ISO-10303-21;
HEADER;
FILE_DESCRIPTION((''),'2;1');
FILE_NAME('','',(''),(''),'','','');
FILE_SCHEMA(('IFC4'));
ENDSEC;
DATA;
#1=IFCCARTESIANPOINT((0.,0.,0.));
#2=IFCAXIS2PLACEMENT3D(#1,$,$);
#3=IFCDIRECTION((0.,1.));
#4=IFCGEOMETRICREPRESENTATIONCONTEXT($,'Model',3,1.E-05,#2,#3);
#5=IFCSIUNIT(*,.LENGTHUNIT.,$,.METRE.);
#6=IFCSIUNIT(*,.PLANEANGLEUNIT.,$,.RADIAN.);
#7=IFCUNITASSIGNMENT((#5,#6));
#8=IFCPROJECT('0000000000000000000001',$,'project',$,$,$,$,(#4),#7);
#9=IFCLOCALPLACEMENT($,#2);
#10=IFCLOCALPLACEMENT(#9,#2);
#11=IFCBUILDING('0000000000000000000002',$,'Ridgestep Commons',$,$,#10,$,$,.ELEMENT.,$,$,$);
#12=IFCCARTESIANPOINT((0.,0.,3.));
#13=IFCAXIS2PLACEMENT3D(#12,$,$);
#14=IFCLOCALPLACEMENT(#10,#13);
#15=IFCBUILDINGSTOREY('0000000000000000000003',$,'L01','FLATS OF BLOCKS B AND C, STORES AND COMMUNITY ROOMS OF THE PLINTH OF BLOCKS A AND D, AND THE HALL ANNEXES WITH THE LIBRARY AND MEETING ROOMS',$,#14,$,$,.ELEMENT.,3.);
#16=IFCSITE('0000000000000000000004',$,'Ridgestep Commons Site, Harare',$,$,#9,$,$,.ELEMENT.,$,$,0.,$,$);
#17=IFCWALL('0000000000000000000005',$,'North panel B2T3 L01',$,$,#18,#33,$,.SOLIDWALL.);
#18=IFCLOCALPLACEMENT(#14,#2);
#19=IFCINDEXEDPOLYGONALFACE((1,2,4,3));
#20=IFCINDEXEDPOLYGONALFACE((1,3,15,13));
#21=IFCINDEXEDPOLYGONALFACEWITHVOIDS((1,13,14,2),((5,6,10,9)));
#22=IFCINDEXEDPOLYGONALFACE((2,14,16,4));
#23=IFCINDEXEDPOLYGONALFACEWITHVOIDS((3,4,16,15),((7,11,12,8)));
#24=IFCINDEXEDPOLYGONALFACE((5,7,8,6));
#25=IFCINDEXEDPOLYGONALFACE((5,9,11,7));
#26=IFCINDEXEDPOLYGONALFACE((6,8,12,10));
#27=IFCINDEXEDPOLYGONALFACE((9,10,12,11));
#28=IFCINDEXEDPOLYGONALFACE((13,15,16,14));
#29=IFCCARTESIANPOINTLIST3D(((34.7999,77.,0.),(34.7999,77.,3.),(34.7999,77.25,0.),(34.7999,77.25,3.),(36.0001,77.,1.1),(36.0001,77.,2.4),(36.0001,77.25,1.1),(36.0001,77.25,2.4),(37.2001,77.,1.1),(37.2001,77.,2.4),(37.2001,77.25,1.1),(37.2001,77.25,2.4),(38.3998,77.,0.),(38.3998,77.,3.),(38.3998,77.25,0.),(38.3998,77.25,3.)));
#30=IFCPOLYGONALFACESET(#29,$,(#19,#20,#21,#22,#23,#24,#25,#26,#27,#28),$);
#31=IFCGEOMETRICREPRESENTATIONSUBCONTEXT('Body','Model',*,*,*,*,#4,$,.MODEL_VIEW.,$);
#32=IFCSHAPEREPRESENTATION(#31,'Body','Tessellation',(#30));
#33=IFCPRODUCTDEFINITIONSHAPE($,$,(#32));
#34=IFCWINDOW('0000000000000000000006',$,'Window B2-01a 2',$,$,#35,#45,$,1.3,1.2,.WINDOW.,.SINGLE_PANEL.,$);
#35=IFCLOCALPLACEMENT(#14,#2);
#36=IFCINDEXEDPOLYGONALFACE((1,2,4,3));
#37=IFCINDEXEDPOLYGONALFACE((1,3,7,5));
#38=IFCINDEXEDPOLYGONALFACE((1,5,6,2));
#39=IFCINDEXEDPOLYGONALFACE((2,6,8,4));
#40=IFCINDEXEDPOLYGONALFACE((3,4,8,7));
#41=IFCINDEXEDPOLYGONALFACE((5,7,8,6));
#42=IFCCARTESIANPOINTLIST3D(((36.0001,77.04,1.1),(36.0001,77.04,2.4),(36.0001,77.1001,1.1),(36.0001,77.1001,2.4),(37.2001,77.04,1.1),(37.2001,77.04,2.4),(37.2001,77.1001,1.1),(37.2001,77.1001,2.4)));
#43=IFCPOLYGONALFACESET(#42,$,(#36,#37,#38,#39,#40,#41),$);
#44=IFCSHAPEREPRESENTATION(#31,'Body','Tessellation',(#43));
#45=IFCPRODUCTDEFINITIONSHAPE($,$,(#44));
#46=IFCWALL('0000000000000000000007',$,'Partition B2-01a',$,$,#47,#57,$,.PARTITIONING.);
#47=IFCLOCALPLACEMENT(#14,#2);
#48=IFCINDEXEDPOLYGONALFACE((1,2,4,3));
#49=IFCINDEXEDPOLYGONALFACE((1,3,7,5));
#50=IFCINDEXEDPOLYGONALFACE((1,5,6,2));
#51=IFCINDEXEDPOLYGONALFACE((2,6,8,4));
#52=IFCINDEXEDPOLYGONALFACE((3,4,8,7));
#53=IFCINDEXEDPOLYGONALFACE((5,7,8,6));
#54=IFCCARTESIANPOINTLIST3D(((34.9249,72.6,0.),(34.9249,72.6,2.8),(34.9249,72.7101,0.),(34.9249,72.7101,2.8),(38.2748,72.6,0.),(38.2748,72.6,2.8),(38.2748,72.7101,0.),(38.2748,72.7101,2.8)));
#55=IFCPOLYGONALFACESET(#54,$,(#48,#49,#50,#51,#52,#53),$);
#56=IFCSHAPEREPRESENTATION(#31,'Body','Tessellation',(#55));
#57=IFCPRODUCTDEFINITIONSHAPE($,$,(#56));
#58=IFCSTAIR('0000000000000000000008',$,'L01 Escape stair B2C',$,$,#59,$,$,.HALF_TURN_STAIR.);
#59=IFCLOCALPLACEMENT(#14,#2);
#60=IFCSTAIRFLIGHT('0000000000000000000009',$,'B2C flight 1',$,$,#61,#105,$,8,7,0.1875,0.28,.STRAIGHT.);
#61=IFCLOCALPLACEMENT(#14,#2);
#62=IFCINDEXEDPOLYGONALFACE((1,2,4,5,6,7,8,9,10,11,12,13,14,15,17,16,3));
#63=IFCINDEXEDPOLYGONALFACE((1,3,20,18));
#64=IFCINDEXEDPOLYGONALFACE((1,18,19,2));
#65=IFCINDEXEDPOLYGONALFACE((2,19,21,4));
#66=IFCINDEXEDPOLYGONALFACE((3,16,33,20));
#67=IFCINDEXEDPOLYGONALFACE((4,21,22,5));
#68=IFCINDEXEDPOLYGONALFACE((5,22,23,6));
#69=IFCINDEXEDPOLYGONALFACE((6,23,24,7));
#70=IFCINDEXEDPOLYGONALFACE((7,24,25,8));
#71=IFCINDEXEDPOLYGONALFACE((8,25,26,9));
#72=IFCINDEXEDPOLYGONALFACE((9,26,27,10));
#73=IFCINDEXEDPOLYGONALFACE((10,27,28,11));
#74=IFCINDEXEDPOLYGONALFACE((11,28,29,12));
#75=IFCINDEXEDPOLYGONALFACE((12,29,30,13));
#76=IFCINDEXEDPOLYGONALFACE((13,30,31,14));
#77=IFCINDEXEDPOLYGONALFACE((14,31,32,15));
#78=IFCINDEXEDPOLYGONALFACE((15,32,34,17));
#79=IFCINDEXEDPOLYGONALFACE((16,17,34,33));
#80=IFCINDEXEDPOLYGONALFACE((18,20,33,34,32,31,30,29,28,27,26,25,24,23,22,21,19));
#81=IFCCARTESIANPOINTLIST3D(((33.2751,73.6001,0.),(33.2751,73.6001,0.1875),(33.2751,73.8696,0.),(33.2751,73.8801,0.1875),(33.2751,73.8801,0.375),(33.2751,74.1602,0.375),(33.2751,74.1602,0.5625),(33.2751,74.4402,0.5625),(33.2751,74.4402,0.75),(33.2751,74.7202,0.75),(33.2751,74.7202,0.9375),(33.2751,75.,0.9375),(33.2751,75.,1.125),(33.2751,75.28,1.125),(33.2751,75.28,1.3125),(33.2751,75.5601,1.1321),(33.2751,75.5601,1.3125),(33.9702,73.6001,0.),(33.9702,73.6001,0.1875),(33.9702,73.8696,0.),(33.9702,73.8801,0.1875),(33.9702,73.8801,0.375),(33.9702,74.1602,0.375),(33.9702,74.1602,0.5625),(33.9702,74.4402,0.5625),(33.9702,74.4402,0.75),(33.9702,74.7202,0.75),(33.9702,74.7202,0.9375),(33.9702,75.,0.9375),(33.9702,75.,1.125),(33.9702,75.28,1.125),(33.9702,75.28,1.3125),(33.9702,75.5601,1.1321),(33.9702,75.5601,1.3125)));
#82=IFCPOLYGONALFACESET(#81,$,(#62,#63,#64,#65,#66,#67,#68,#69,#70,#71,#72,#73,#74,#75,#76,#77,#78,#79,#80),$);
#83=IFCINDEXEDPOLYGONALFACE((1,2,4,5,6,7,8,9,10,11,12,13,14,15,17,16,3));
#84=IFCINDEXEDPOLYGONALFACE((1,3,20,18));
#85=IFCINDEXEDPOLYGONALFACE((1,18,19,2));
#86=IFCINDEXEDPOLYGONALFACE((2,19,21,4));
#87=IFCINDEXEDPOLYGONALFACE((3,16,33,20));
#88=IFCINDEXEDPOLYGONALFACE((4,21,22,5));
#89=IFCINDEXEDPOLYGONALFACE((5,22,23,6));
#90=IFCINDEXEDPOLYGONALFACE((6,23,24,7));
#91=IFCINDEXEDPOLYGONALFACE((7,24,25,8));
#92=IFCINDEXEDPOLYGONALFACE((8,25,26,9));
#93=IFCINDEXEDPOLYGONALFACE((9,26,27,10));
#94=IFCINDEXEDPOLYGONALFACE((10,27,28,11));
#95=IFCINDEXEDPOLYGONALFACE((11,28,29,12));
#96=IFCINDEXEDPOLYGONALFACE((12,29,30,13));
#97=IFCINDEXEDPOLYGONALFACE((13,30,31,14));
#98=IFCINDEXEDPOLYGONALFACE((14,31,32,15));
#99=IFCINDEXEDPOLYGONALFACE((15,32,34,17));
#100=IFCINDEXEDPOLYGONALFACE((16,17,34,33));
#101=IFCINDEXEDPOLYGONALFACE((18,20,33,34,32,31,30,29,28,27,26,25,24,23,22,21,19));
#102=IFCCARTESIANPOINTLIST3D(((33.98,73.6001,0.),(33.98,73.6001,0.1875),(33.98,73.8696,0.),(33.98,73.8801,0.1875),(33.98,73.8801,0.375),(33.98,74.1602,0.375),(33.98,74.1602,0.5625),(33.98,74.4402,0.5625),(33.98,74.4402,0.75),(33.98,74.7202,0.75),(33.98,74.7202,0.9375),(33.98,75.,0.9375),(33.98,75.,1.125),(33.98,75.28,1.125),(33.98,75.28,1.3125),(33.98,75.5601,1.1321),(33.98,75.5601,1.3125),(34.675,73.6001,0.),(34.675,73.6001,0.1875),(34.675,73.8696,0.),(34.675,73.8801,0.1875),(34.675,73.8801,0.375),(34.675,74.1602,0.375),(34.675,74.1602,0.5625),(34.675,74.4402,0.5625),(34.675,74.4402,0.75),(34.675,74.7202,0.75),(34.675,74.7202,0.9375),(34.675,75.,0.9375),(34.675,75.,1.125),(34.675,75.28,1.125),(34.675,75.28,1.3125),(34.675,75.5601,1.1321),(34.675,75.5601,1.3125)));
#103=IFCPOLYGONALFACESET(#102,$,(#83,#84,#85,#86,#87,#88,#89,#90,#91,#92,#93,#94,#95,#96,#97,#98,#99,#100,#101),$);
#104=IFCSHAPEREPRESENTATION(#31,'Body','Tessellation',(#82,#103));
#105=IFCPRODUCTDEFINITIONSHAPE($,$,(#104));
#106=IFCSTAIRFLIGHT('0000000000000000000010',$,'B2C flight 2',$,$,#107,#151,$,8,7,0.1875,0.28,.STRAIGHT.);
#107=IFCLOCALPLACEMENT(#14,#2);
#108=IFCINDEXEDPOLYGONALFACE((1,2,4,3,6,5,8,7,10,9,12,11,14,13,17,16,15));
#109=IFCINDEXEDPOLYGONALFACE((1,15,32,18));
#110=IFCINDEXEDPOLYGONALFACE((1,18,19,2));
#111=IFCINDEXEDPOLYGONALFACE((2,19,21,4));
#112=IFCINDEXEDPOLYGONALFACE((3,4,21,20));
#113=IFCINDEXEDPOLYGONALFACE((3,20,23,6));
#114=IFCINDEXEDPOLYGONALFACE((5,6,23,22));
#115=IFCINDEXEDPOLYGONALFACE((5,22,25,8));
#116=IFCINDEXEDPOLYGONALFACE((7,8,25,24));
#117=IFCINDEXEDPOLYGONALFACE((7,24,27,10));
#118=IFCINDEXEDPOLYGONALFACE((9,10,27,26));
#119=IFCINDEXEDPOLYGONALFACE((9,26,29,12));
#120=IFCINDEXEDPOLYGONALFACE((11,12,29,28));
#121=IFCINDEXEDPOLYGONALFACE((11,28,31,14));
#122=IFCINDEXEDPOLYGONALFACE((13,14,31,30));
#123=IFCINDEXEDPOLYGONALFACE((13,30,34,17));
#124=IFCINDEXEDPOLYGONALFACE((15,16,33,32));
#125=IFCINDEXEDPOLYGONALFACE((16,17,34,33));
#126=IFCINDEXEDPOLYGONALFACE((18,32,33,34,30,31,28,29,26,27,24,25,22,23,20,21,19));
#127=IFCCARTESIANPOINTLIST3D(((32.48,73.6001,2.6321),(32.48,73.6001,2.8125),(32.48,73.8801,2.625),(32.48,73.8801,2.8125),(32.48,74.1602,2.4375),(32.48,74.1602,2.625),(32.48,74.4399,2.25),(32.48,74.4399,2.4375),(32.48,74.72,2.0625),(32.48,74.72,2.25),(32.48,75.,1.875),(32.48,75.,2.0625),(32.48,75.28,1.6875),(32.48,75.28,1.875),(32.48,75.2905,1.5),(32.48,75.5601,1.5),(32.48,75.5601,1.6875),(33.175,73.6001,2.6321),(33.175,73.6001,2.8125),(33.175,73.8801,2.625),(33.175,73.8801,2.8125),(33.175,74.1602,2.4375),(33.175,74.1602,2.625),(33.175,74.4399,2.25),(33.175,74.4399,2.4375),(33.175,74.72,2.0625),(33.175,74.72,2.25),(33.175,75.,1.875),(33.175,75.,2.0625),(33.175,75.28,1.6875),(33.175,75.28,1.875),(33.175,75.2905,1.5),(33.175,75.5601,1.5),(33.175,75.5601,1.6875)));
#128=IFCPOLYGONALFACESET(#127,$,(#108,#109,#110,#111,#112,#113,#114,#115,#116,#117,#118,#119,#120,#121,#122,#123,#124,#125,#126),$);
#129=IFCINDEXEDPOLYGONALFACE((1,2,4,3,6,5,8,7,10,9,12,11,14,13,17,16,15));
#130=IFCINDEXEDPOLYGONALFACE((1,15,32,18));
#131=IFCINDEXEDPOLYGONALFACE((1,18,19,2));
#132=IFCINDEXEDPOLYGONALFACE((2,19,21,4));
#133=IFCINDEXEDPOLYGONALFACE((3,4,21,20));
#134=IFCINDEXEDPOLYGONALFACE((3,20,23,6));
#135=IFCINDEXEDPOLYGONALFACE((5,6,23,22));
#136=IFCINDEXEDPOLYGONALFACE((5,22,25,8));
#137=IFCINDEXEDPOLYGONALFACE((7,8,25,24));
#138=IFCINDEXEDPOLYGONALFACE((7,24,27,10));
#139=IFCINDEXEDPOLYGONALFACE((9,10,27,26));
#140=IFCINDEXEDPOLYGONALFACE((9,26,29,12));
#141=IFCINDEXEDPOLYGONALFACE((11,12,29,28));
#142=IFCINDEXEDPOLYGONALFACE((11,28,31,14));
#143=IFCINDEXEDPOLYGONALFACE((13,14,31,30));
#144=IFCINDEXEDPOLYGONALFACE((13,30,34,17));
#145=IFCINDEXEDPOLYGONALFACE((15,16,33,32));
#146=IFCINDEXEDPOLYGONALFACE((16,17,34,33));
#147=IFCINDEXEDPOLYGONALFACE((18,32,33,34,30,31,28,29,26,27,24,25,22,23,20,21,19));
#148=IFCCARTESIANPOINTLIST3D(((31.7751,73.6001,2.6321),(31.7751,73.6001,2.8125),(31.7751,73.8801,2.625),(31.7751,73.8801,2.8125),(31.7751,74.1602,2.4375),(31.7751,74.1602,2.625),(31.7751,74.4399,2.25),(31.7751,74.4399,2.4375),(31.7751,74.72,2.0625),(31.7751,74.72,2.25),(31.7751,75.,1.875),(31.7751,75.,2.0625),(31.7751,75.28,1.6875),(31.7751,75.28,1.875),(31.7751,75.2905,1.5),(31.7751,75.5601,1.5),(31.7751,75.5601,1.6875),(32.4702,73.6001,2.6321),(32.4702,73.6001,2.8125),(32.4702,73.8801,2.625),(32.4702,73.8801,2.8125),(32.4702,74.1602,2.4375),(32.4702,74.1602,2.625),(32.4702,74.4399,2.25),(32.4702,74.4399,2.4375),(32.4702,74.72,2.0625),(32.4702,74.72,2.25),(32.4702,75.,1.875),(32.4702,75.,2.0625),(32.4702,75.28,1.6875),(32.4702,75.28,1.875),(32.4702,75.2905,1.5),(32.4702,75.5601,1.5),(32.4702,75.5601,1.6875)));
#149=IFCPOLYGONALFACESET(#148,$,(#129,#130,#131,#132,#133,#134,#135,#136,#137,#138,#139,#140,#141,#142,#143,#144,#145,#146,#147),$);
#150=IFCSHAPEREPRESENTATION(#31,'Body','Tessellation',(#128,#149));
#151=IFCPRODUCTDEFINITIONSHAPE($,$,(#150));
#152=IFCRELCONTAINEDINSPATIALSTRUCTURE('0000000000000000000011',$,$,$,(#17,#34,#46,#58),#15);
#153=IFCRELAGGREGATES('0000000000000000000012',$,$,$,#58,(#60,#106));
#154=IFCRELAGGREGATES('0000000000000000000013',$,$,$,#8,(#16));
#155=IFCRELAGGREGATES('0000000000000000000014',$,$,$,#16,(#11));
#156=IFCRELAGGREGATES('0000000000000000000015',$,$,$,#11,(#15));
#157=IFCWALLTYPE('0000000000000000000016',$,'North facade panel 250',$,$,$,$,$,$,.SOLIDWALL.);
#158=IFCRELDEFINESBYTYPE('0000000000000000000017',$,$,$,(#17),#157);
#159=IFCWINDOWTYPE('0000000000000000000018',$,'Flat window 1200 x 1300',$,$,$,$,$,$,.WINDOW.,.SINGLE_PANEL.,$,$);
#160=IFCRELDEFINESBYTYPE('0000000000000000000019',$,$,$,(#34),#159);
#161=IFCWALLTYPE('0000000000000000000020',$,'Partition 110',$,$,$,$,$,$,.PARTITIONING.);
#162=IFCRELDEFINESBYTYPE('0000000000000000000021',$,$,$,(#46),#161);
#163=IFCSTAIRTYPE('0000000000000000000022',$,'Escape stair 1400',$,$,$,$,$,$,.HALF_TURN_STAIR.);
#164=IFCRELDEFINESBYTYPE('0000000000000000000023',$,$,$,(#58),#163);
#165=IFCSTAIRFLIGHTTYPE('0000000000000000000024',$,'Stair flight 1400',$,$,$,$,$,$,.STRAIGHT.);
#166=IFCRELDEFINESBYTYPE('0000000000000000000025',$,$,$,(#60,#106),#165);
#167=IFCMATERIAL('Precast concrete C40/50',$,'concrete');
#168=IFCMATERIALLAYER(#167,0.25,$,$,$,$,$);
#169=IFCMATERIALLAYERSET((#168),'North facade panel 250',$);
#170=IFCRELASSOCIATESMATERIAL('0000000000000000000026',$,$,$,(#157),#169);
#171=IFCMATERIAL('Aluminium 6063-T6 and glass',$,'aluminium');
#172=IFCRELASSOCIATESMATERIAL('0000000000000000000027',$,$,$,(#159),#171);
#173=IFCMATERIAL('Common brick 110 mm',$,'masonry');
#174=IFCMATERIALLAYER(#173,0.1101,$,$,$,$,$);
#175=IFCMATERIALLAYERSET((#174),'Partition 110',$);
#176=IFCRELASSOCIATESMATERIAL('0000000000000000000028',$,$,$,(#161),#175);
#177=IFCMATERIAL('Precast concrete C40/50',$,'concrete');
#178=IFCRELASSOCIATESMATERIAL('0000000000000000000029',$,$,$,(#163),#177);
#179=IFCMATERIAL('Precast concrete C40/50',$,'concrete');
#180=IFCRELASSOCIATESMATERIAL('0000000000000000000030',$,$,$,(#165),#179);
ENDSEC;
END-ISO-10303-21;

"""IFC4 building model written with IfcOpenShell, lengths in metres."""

from ifc_helpers import new_model, si_unit, direction, frame, frame_2d, origin, place, context, subcontext, project, spatial, polyline, rectangle, outline, extrude, material, layer, layer_set, type_object, element, fill, aggregate, save


model = new_model("IFC4")

# Units and contexts
model_context = context("Model", 3, precision=1e-05, world=origin(), true_north=direction((0.0, 1.0)))
body_context = subcontext(model_context, "Body", "Model", "MODEL_VIEW")
ifc_project = project(units=[si_unit("LENGTHUNIT", "METRE"), si_unit("PLANEANGLEUNIT", "RADIAN")], contexts=[model_context])

# Site, building, storey
site_placement = place(None, origin())
site = spatial("IfcSite", under=ifc_project, at=site_placement, Name="Ridgestep Commons Site, Harare", CompositionType="ELEMENT", RefElevation=0.0)
building_placement = place(site_placement, origin())
building = spatial("IfcBuilding", under=site, at=building_placement, Name="Ridgestep Commons", CompositionType="ELEMENT")
storey_placement = place(building_placement, frame((0.0, 0.0, 3.0)))
storey = spatial("IfcBuildingStorey", under=building, at=storey_placement, Name="L01", Description="FLATS OF BLOCKS B AND C, STORES AND COMMUNITY ROOMS OF THE PLINTH OF BLOCKS A AND D, AND THE HALL ANNEXES WITH THE LIBRARY AND MEETING ROOMS", CompositionType="ELEMENT", Elevation=3.0)

# Wall, opening, window
ifc_material_1 = material(Name="Precast concrete C40/50", Category="concrete")
ifc_layer_1 = layer(ifc_material_1, 0.25)
ifc_layer_set_1 = layer_set([ifc_layer_1], Name="North facade panel 250")
wall_type_1 = type_object("IfcWallType", Name="North facade panel 250", PredefinedType="SOLIDWALL", material=ifc_layer_set_1)
wall_1_placement = place(storey_placement, frame((34.8, 77.125, 0.0), z_axis=(0.0, 0.0, 1.0), x_axis=(1.0, 0.0, 0.0)))
wall_1 = element("IfcWall", 1, at=wall_1_placement, inside=storey, type_object=wall_type_1, Name="North panel B2T3 L01", PredefinedType="SOLIDWALL", context=body_context, shape_type="SweptSolid", body=[
    extrude(rectangle(XDim=3.5999, YDim=0.25, at=frame_2d((1.7998, 0.0))), origin(), (0.0, 0.0, 1.0), 3.0),
])
opening_placement = place(wall_1_placement, frame((1.2, 0.0, 1.1001)))
opening = element("IfcOpeningElement", 2, at=opening_placement, cuts=wall_1, PredefinedType="OPENING", context=body_context, shape_type="SweptSolid", body=[
    extrude(rectangle(XDim=1.2, YDim=1.3, at=frame_2d((0.6001, 0.6499))), frame((0.0, 0.135, 0.0), z_axis=(0.0, -1.0, 0.0), x_axis=(1.0, 0.0, 0.0)), (0.0, 0.0, 1.0), 0.27),
])
ifc_material_2 = material(Name="Aluminium 6063-T6 and glass", Category="aluminium")
window_type = type_object("IfcWindowType", Name="Flat window 1200 x 1300", PartitioningType="SINGLE_PANEL", PredefinedType="WINDOW", material=ifc_material_2)
window_placement = place(opening_placement, origin())
window = element("IfcWindow", 3, at=window_placement, inside=storey, type_object=window_type, Name="Window B2-01a 2", OverallHeight=1.3, OverallWidth=1.2, PartitioningType="SINGLE_PANEL", PredefinedType="WINDOW", context=body_context, shape_type="SweptSolid", body=[
    extrude(rectangle(XDim=1.2, YDim=1.3, at=frame_2d((0.6001, 0.6499))), frame((0.0, -0.0249, 0.0), z_axis=(0.0, -1.0, 0.0), x_axis=(1.0, 0.0, 0.0)), (0.0, 0.0, 1.0), 0.0601),
])
fill(opening, window)

# Wall
ifc_material_3 = material(Name="Common brick 110 mm", Category="masonry")
ifc_layer_2 = layer(ifc_material_3, 0.1101)
ifc_layer_set_2 = layer_set([ifc_layer_2], Name="Partition 110")
wall_type_2 = type_object("IfcWallType", Name="Partition 110", PredefinedType="PARTITIONING", material=ifc_layer_set_2)
wall_2_placement = place(storey_placement, frame((34.925, 72.655, 0.0), z_axis=(0.0, 0.0, 1.0), x_axis=(1.0, 0.0, 0.0)))
element("IfcWall", 4, at=wall_2_placement, inside=storey, type_object=wall_type_2, Name="Partition B2-01a", PredefinedType="PARTITIONING", context=body_context, shape_type="SweptSolid", body=[
    extrude(rectangle(XDim=3.3499, YDim=0.1101, at=frame_2d((1.6748, 0.0))), origin(), (0.0, 0.0, 1.0), 2.8),
])

# Stair, stair flights
ifc_material_4 = material(Name="Precast concrete C40/50", Category="concrete")
stair_type = type_object("IfcStairType", Name="Escape stair 1400", PredefinedType="HALF_TURN_STAIR", material=ifc_material_4)
stair_placement = place(storey_placement, origin())
stair = element("IfcStair", 5, at=stair_placement, inside=storey, type_object=stair_type, Name="L01 Escape stair B2C", PredefinedType="HALF_TURN_STAIR")
ifc_material_5 = material(Name="Precast concrete C40/50", Category="concrete")
stair_flight_type = type_object("IfcStairFlightType", Name="Stair flight 1400", PredefinedType="STRAIGHT", material=ifc_material_5)
stair_flight_1_placement = place(storey_placement, frame((33.9751, 73.6001, 0.0), z_axis=(0.0, 0.0, 1.0), x_axis=(0.0, 1.0, 0.0)))
stair_flight_1 = element("IfcStairFlight", 6, at=stair_flight_1_placement, type_object=stair_flight_type, Name="B2C flight 1", NumberOfRisers=8, NumberOfTreads=7, PredefinedType="STRAIGHT", RiserHeight=0.1875, TreadLength=0.28, context=body_context, shape_type="SweptSolid", body=[
    extrude(outline(polyline([(0.0, 0.0), (0.0, 0.1875), (0.28, 0.1875), (0.28, 0.375), (0.5601, 0.375), (0.5601, 0.5625), (0.8401, 0.5625), (0.8401, 0.75), (1.1201, 0.75), (1.1201, 0.9375), (1.3999, 0.9375), (1.3999, 1.125), (1.6799, 1.125), (1.6799, 1.3125), (1.96, 1.3125), (1.96, 1.5), (1.96, 1.1321), (0.2695, 0.0), (0.0, 0.0)])), frame((0.0, 0.7, 0.0), z_axis=(0.0, -1.0, 0.0), x_axis=(1.0, 0.0, 0.0)), (0.0, 0.0, 1.0), 0.6951),
    extrude(outline(polyline([(0.0, 0.0), (0.0, 0.1875), (0.28, 0.1875), (0.28, 0.375), (0.5601, 0.375), (0.5601, 0.5625), (0.8401, 0.5625), (0.8401, 0.75), (1.1201, 0.75), (1.1201, 0.9375), (1.3999, 0.9375), (1.3999, 1.125), (1.6799, 1.125), (1.6799, 1.3125), (1.96, 1.3125), (1.96, 1.5), (1.96, 1.1321), (0.2695, 0.0), (0.0, 0.0)])), frame((0.0, -0.0049, 0.0), z_axis=(0.0, -1.0, 0.0), x_axis=(1.0, 0.0, 0.0)), (0.0, 0.0, 1.0), 0.6951),
])
stair_flight_2_placement = place(storey_placement, frame((32.4751, 75.5601, 1.5), z_axis=(0.0, 0.0, 1.0), x_axis=(0.0, -1.0, 0.0)))
stair_flight_2 = element("IfcStairFlight", 7, at=stair_flight_2_placement, type_object=stair_flight_type, Name="B2C flight 2", NumberOfRisers=8, NumberOfTreads=7, PredefinedType="STRAIGHT", RiserHeight=0.1875, TreadLength=0.28, context=body_context, shape_type="SweptSolid", body=[
    extrude(outline(polyline([(0.0, 0.0), (0.0, 0.1875), (0.28, 0.1875), (0.28, 0.375), (0.5601, 0.375), (0.5601, 0.5625), (0.8401, 0.5625), (0.8401, 0.75), (1.1201, 0.75), (1.1201, 0.9375), (1.3999, 0.9375), (1.3999, 1.125), (1.6799, 1.125), (1.6799, 1.3125), (1.96, 1.3125), (1.96, 1.5), (1.96, 1.1321), (0.2695, 0.0), (0.0, 0.0)])), frame((0.0, 0.7, 0.0), z_axis=(0.0, -1.0, 0.0), x_axis=(1.0, 0.0, 0.0)), (0.0, 0.0, 1.0), 0.6951),
    extrude(outline(polyline([(0.0, 0.0), (0.0, 0.1875), (0.28, 0.1875), (0.28, 0.375), (0.5601, 0.375), (0.5601, 0.5625), (0.8401, 0.5625), (0.8401, 0.75), (1.1201, 0.75), (1.1201, 0.9375), (1.3999, 0.9375), (1.3999, 1.125), (1.6799, 1.125), (1.6799, 1.3125), (1.96, 1.3125), (1.96, 1.5), (1.96, 1.1321), (0.2695, 0.0), (0.0, 0.0)])), frame((0.0, -0.0049, 0.0), z_axis=(0.0, -1.0, 0.0), x_axis=(1.0, 0.0, 0.0)), (0.0, 0.0, 1.0), 0.6951),
])
aggregate(stair, [stair_flight_1, stair_flight_2])

save(model, "model.ifc")
